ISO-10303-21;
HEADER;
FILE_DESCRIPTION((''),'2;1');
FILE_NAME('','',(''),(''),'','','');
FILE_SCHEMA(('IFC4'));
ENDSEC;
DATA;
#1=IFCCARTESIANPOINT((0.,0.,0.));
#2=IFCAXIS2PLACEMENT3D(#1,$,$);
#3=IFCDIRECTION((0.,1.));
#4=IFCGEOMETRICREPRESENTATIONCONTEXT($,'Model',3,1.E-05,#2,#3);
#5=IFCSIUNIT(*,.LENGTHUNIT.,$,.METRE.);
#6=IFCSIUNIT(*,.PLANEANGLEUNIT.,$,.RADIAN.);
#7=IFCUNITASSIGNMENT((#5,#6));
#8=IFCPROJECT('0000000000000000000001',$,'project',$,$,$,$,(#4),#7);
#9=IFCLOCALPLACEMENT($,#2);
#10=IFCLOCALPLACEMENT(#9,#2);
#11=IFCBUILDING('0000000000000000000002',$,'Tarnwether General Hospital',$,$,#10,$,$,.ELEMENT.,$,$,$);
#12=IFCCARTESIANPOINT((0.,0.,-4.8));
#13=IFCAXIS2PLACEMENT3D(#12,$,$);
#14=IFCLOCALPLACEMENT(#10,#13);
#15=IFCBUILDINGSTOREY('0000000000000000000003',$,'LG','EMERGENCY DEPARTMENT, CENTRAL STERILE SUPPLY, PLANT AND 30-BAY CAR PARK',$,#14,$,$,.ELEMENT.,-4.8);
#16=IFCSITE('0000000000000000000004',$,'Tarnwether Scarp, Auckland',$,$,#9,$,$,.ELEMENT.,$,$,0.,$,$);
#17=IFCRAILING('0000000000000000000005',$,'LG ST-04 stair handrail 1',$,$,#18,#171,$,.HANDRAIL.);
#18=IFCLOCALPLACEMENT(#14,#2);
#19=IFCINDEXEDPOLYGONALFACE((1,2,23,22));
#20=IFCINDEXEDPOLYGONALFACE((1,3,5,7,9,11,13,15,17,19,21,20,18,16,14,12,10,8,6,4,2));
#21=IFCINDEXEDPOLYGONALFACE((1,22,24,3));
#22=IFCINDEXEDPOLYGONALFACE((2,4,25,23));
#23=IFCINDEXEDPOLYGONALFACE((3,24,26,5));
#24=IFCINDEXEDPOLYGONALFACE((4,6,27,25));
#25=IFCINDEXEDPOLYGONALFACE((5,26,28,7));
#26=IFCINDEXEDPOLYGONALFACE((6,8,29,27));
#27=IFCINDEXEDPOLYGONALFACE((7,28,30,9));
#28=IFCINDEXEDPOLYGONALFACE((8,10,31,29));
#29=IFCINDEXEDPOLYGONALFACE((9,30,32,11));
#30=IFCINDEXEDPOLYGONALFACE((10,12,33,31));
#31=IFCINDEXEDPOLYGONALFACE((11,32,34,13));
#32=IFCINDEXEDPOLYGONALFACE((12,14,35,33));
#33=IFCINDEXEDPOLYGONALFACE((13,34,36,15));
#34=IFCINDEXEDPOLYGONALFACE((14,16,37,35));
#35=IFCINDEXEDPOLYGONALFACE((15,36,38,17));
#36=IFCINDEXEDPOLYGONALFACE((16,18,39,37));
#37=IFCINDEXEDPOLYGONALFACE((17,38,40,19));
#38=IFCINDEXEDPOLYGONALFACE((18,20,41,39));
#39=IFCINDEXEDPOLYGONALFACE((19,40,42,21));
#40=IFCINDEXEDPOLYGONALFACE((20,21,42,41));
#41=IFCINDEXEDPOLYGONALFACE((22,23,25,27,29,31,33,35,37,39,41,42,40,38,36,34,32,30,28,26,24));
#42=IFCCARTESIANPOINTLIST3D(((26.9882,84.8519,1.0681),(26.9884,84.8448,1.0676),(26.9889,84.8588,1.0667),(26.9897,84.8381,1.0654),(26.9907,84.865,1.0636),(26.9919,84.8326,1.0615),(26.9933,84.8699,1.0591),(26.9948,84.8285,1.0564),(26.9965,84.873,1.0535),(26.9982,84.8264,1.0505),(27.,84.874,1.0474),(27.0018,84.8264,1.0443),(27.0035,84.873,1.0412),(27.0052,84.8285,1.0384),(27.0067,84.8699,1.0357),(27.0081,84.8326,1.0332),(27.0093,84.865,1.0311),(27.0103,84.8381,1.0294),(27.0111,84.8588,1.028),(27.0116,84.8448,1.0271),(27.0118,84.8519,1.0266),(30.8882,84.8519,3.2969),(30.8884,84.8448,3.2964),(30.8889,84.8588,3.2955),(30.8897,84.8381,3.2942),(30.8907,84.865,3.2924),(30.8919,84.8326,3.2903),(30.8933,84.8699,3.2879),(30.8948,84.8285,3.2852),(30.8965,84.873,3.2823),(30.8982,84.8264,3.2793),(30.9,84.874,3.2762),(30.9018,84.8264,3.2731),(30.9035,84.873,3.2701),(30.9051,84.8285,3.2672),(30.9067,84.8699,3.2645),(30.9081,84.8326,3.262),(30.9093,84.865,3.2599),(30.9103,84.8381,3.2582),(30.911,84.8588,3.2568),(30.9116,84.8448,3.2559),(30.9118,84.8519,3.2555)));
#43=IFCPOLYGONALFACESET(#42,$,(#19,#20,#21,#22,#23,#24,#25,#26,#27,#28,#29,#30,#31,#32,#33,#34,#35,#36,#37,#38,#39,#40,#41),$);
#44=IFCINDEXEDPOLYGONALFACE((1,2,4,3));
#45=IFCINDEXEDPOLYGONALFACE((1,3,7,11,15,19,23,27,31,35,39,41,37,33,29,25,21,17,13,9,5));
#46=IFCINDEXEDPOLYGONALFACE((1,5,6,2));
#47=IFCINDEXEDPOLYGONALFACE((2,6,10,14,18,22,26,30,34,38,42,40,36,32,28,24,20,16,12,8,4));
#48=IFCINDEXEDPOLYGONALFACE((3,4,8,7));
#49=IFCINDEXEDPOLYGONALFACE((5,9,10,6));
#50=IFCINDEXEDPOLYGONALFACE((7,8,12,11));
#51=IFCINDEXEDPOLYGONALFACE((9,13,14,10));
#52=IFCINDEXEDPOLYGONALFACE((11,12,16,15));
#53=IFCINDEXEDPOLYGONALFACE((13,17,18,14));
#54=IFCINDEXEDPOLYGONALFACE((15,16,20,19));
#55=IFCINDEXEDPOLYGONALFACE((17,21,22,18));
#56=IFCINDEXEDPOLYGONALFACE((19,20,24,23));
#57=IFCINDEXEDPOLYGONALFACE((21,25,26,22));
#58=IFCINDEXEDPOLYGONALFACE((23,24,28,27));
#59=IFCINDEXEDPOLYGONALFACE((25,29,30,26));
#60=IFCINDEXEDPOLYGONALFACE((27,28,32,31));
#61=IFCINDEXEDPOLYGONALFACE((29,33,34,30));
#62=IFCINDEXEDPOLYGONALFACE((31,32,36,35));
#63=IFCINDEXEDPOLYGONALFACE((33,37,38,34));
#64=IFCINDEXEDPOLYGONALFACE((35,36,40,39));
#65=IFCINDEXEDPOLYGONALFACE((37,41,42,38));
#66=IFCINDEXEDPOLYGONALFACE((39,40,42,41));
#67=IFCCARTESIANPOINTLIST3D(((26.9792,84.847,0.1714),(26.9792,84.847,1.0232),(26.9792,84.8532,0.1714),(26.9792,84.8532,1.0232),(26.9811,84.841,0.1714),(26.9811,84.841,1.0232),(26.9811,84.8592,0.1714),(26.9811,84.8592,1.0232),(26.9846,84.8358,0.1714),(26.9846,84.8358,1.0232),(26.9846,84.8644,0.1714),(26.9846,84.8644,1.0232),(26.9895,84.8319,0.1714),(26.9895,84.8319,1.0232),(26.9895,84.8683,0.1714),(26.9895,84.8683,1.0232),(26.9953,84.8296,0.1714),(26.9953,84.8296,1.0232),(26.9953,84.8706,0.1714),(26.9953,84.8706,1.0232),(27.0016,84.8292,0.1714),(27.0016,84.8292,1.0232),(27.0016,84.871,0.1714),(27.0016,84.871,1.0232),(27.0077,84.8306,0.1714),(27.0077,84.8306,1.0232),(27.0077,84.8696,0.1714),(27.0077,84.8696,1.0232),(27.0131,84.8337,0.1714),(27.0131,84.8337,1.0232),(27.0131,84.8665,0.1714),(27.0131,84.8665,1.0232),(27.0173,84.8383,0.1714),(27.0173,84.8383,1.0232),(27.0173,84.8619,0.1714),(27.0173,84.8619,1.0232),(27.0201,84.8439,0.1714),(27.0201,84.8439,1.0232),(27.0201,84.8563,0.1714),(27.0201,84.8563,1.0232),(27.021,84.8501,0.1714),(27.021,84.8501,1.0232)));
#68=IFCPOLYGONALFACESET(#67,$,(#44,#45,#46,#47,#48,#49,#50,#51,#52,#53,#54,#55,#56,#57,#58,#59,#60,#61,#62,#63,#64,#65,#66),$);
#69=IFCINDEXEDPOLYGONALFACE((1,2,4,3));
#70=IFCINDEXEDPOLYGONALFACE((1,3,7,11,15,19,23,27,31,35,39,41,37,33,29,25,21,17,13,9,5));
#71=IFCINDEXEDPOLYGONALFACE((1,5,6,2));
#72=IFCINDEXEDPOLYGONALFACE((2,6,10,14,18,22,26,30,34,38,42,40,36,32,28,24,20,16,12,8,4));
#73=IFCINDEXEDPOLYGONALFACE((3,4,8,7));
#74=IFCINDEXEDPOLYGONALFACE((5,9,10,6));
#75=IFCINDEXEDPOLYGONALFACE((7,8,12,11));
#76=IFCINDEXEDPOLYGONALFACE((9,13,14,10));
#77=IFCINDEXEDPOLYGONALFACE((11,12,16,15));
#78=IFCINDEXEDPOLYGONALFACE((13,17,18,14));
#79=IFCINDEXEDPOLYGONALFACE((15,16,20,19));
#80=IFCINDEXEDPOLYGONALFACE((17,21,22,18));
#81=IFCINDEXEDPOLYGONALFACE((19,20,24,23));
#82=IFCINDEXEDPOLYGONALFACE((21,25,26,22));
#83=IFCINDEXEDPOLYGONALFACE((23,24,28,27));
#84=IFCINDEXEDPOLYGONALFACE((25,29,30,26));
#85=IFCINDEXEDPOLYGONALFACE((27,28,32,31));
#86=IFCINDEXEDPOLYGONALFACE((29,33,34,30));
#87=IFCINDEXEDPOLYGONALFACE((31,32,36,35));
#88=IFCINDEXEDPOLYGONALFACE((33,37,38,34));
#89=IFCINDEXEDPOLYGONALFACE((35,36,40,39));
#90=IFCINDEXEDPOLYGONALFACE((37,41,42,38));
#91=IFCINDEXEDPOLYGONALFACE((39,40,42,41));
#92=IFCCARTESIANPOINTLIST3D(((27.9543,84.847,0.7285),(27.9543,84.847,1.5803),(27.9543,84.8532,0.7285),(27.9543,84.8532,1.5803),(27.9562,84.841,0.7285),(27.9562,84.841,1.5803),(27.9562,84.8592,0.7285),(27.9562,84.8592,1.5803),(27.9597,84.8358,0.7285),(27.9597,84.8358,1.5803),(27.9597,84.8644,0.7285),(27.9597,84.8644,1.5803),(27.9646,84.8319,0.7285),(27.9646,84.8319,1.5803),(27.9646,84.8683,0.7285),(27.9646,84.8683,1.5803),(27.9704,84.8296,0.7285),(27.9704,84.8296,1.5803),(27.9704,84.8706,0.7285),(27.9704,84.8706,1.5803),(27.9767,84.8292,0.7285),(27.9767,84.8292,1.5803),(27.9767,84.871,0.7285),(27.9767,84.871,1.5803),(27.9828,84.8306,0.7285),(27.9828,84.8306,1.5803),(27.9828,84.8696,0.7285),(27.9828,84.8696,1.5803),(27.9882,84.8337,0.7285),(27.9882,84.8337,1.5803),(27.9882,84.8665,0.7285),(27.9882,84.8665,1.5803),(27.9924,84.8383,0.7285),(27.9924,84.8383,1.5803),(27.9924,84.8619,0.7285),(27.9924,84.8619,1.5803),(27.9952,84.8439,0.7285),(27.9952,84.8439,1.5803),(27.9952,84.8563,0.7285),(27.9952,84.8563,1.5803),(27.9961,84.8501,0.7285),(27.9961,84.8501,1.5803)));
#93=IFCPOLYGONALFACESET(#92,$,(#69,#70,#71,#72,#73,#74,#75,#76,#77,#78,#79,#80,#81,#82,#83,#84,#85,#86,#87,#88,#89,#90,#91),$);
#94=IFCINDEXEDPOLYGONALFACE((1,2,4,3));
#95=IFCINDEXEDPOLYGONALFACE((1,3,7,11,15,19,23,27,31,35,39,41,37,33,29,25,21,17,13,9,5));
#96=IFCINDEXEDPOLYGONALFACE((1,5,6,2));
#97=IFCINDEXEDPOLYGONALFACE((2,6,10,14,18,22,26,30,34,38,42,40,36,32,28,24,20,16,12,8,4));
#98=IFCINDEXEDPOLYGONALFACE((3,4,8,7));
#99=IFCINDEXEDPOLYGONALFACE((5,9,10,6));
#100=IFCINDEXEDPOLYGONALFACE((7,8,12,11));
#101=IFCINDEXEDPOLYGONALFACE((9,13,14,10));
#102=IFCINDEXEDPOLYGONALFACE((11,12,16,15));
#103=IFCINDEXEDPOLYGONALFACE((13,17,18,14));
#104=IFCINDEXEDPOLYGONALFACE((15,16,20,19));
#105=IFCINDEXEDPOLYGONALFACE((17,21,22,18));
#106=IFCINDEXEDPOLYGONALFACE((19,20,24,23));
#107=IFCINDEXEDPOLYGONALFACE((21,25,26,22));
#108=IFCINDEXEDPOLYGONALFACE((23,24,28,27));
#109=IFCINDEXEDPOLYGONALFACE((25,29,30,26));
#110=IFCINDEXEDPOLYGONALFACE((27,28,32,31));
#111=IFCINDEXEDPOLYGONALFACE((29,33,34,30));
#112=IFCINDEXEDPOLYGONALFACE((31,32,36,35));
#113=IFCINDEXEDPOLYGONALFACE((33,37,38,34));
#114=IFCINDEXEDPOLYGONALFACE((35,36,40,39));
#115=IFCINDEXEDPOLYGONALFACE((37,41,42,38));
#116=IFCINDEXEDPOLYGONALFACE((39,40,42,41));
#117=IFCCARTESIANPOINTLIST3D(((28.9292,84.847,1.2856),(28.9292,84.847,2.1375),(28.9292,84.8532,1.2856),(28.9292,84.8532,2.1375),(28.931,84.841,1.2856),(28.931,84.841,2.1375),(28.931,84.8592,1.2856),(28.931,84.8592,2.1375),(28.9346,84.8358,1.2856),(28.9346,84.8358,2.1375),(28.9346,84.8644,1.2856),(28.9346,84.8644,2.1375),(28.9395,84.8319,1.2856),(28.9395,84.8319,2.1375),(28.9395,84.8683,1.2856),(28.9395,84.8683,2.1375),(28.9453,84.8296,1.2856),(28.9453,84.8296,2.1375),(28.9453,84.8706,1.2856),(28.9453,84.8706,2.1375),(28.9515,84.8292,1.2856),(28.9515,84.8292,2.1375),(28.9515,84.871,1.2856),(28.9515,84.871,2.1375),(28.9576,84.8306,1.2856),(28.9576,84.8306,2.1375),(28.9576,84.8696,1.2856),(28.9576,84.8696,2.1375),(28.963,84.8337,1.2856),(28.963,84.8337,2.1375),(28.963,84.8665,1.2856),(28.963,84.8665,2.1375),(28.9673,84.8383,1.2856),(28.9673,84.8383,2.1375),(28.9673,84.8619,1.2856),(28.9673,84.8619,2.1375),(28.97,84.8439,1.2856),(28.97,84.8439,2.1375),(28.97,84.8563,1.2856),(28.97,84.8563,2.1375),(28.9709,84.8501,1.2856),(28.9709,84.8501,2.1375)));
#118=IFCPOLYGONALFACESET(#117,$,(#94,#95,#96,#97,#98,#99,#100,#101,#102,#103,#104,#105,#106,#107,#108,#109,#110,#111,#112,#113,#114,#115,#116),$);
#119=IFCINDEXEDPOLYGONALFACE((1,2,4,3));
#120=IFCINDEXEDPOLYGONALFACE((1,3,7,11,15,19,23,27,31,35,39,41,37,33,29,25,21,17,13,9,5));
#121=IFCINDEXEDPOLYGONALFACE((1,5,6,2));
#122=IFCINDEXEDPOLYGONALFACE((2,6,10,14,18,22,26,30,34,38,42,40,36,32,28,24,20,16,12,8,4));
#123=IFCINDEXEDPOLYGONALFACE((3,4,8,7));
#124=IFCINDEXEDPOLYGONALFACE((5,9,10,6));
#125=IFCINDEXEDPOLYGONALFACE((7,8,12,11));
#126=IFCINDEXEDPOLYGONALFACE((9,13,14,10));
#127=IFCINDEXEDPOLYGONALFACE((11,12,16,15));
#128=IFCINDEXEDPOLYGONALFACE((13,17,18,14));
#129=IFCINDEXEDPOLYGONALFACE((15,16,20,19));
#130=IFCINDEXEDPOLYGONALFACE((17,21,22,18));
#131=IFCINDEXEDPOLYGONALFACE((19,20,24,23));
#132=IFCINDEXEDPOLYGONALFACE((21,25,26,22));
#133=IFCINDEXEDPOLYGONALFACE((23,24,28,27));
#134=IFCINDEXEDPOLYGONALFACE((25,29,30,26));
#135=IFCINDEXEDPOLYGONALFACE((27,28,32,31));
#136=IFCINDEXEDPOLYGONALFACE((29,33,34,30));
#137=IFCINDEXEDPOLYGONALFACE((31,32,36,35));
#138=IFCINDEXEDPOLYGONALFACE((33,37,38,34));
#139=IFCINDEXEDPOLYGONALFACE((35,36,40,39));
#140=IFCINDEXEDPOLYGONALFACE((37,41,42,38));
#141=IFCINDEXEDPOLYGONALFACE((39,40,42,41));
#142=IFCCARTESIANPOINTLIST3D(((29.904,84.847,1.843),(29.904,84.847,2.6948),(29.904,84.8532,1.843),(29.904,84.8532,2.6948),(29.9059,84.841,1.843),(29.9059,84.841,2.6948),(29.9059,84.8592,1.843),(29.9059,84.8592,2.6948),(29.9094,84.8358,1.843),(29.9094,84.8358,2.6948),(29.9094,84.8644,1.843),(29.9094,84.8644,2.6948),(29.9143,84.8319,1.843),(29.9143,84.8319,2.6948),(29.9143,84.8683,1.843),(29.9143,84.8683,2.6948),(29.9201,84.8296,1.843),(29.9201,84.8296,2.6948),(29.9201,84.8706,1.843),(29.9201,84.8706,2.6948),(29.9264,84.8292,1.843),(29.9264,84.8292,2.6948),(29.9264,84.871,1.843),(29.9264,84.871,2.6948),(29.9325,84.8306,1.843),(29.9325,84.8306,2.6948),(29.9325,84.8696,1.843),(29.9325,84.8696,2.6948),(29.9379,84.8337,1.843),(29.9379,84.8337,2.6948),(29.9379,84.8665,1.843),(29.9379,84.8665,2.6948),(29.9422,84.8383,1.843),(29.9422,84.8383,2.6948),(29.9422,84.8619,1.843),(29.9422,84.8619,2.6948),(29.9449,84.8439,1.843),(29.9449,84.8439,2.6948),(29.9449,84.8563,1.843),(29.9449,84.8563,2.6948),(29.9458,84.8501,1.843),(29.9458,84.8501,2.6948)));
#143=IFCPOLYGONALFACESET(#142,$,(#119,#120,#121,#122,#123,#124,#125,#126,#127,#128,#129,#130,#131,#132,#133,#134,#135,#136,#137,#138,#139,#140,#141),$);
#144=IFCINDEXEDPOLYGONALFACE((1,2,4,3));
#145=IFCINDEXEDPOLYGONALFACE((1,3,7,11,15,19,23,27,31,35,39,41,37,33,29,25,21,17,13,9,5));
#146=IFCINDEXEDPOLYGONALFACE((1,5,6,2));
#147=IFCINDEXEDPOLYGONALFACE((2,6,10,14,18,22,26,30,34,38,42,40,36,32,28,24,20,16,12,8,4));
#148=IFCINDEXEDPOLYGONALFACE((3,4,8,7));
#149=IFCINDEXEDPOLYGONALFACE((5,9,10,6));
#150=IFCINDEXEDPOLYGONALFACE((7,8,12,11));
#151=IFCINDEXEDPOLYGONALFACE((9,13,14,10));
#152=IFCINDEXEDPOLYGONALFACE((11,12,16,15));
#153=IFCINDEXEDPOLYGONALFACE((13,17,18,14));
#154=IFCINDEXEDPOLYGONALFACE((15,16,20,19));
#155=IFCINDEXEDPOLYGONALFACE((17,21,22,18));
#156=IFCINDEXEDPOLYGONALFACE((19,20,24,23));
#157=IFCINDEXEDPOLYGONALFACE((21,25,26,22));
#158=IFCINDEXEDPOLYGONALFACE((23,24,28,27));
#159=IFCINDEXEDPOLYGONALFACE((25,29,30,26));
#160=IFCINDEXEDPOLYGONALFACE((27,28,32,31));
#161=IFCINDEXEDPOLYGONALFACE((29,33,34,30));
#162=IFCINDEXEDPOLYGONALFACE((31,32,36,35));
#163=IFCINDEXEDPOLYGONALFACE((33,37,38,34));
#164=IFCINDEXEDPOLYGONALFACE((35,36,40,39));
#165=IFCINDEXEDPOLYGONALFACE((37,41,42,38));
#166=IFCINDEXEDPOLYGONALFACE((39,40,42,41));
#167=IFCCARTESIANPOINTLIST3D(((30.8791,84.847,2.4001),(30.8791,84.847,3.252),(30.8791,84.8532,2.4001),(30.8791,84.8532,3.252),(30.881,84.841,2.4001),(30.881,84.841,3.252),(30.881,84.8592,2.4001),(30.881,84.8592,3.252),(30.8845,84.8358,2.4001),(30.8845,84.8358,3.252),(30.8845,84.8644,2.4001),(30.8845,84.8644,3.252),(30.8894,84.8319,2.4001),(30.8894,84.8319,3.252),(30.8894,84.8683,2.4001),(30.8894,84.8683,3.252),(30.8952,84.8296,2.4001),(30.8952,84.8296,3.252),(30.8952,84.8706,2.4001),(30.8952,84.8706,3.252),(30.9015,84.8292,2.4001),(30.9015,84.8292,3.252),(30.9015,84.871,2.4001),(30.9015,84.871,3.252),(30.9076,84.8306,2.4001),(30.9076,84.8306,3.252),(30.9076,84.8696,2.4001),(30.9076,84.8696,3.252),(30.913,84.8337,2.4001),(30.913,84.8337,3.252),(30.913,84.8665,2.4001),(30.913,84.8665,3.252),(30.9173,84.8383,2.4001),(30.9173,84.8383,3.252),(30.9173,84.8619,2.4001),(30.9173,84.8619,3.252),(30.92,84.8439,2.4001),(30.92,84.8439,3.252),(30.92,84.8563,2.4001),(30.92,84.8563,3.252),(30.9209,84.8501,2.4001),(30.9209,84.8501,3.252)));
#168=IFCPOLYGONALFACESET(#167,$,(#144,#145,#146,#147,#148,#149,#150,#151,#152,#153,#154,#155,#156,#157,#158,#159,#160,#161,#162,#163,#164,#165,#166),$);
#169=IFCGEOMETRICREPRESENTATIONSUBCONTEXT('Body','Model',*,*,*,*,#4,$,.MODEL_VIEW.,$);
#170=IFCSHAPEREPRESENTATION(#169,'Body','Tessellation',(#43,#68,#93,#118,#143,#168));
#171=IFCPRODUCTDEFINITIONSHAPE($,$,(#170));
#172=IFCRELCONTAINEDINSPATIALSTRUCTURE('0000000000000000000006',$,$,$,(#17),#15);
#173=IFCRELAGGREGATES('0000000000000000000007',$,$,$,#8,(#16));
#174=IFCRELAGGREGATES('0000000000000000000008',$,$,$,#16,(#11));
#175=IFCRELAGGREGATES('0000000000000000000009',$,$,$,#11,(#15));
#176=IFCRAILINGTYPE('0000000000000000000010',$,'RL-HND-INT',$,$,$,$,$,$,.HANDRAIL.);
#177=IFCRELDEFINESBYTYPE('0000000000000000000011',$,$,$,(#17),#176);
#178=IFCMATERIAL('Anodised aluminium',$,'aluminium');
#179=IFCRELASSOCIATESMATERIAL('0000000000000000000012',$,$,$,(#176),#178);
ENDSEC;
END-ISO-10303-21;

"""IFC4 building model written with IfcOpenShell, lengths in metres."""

from ifc_helpers import new_model, si_unit, direction, frame, origin, origin_2d, place, context, subcontext, project, spatial, circle, extrude, material, type_object, element, save


model = new_model("IFC4")

# Units and contexts
model_context = context("Model", 3, precision=1e-05, world=origin(), true_north=direction((0.0, 1.0)))
body_context = subcontext(model_context, "Body", "Model", "MODEL_VIEW")
ifc_project = project(units=[si_unit("LENGTHUNIT", "METRE"), si_unit("PLANEANGLEUNIT", "RADIAN")], contexts=[model_context])

# Site, building, storey
site_placement = place(None, origin())
site = spatial("IfcSite", under=ifc_project, at=site_placement, Name="Tarnwether Scarp, Auckland", CompositionType="ELEMENT", RefElevation=0.0)
building_placement = place(site_placement, origin())
building = spatial("IfcBuilding", under=site, at=building_placement, Name="Tarnwether General Hospital", CompositionType="ELEMENT")
storey_placement = place(building_placement, frame((0.0, 0.0, -4.8)))
storey = spatial("IfcBuildingStorey", under=building, at=storey_placement, Name="LG", Description="EMERGENCY DEPARTMENT, CENTRAL STERILE SUPPLY, PLANT AND 30-BAY CAR PARK", CompositionType="ELEMENT", Elevation=-4.8)

# Railing
ifc_material_1 = material(Name="Anodised aluminium", Category="aluminium")
railing_type_1 = type_object("IfcRailingType", Name="RL-HND-INT", PredefinedType="HANDRAIL", material=ifc_material_1)
railing_1_placement = place(storey_placement, frame((27.0, 84.8501, 0.1714)))
element("IfcRailing", 1, at=railing_1_placement, inside=storey, type_object=railing_type_1, Name="LG ST-04 stair handrail 1", PredefinedType="HANDRAIL", context=body_context, shape_type="SweptSolid", body=[
    extrude(circle(Radius=0.0239, at=origin_2d()), frame((0.0, 0.0, 0.876), z_axis=(0.86822, 0.0, 0.49618), x_axis=(0.0, 1.0, 0.0)), (0.0, 0.0, 1.0), 4.4919),
    extrude(circle(Radius=0.021, at=origin_2d()), origin(), (0.0, 0.0, 1.0), 0.8518),
    extrude(circle(Radius=0.021, at=origin_2d()), frame((0.9751, 0.0, 0.5571)), (0.0, 0.0, 1.0), 0.8518),
    extrude(circle(Radius=0.021, at=origin_2d()), frame((1.95, 0.0, 1.1143)), (0.0, 0.0, 1.0), 0.8518),
    extrude(circle(Radius=0.021, at=origin_2d()), frame((2.9248, 0.0, 1.6716)), (0.0, 0.0, 1.0), 0.8518),
    extrude(circle(Radius=0.021, at=origin_2d()), frame((3.8999, 0.0, 2.2288)), (0.0, 0.0, 1.0), 0.8518),
])

save(model, "model.ifc")
